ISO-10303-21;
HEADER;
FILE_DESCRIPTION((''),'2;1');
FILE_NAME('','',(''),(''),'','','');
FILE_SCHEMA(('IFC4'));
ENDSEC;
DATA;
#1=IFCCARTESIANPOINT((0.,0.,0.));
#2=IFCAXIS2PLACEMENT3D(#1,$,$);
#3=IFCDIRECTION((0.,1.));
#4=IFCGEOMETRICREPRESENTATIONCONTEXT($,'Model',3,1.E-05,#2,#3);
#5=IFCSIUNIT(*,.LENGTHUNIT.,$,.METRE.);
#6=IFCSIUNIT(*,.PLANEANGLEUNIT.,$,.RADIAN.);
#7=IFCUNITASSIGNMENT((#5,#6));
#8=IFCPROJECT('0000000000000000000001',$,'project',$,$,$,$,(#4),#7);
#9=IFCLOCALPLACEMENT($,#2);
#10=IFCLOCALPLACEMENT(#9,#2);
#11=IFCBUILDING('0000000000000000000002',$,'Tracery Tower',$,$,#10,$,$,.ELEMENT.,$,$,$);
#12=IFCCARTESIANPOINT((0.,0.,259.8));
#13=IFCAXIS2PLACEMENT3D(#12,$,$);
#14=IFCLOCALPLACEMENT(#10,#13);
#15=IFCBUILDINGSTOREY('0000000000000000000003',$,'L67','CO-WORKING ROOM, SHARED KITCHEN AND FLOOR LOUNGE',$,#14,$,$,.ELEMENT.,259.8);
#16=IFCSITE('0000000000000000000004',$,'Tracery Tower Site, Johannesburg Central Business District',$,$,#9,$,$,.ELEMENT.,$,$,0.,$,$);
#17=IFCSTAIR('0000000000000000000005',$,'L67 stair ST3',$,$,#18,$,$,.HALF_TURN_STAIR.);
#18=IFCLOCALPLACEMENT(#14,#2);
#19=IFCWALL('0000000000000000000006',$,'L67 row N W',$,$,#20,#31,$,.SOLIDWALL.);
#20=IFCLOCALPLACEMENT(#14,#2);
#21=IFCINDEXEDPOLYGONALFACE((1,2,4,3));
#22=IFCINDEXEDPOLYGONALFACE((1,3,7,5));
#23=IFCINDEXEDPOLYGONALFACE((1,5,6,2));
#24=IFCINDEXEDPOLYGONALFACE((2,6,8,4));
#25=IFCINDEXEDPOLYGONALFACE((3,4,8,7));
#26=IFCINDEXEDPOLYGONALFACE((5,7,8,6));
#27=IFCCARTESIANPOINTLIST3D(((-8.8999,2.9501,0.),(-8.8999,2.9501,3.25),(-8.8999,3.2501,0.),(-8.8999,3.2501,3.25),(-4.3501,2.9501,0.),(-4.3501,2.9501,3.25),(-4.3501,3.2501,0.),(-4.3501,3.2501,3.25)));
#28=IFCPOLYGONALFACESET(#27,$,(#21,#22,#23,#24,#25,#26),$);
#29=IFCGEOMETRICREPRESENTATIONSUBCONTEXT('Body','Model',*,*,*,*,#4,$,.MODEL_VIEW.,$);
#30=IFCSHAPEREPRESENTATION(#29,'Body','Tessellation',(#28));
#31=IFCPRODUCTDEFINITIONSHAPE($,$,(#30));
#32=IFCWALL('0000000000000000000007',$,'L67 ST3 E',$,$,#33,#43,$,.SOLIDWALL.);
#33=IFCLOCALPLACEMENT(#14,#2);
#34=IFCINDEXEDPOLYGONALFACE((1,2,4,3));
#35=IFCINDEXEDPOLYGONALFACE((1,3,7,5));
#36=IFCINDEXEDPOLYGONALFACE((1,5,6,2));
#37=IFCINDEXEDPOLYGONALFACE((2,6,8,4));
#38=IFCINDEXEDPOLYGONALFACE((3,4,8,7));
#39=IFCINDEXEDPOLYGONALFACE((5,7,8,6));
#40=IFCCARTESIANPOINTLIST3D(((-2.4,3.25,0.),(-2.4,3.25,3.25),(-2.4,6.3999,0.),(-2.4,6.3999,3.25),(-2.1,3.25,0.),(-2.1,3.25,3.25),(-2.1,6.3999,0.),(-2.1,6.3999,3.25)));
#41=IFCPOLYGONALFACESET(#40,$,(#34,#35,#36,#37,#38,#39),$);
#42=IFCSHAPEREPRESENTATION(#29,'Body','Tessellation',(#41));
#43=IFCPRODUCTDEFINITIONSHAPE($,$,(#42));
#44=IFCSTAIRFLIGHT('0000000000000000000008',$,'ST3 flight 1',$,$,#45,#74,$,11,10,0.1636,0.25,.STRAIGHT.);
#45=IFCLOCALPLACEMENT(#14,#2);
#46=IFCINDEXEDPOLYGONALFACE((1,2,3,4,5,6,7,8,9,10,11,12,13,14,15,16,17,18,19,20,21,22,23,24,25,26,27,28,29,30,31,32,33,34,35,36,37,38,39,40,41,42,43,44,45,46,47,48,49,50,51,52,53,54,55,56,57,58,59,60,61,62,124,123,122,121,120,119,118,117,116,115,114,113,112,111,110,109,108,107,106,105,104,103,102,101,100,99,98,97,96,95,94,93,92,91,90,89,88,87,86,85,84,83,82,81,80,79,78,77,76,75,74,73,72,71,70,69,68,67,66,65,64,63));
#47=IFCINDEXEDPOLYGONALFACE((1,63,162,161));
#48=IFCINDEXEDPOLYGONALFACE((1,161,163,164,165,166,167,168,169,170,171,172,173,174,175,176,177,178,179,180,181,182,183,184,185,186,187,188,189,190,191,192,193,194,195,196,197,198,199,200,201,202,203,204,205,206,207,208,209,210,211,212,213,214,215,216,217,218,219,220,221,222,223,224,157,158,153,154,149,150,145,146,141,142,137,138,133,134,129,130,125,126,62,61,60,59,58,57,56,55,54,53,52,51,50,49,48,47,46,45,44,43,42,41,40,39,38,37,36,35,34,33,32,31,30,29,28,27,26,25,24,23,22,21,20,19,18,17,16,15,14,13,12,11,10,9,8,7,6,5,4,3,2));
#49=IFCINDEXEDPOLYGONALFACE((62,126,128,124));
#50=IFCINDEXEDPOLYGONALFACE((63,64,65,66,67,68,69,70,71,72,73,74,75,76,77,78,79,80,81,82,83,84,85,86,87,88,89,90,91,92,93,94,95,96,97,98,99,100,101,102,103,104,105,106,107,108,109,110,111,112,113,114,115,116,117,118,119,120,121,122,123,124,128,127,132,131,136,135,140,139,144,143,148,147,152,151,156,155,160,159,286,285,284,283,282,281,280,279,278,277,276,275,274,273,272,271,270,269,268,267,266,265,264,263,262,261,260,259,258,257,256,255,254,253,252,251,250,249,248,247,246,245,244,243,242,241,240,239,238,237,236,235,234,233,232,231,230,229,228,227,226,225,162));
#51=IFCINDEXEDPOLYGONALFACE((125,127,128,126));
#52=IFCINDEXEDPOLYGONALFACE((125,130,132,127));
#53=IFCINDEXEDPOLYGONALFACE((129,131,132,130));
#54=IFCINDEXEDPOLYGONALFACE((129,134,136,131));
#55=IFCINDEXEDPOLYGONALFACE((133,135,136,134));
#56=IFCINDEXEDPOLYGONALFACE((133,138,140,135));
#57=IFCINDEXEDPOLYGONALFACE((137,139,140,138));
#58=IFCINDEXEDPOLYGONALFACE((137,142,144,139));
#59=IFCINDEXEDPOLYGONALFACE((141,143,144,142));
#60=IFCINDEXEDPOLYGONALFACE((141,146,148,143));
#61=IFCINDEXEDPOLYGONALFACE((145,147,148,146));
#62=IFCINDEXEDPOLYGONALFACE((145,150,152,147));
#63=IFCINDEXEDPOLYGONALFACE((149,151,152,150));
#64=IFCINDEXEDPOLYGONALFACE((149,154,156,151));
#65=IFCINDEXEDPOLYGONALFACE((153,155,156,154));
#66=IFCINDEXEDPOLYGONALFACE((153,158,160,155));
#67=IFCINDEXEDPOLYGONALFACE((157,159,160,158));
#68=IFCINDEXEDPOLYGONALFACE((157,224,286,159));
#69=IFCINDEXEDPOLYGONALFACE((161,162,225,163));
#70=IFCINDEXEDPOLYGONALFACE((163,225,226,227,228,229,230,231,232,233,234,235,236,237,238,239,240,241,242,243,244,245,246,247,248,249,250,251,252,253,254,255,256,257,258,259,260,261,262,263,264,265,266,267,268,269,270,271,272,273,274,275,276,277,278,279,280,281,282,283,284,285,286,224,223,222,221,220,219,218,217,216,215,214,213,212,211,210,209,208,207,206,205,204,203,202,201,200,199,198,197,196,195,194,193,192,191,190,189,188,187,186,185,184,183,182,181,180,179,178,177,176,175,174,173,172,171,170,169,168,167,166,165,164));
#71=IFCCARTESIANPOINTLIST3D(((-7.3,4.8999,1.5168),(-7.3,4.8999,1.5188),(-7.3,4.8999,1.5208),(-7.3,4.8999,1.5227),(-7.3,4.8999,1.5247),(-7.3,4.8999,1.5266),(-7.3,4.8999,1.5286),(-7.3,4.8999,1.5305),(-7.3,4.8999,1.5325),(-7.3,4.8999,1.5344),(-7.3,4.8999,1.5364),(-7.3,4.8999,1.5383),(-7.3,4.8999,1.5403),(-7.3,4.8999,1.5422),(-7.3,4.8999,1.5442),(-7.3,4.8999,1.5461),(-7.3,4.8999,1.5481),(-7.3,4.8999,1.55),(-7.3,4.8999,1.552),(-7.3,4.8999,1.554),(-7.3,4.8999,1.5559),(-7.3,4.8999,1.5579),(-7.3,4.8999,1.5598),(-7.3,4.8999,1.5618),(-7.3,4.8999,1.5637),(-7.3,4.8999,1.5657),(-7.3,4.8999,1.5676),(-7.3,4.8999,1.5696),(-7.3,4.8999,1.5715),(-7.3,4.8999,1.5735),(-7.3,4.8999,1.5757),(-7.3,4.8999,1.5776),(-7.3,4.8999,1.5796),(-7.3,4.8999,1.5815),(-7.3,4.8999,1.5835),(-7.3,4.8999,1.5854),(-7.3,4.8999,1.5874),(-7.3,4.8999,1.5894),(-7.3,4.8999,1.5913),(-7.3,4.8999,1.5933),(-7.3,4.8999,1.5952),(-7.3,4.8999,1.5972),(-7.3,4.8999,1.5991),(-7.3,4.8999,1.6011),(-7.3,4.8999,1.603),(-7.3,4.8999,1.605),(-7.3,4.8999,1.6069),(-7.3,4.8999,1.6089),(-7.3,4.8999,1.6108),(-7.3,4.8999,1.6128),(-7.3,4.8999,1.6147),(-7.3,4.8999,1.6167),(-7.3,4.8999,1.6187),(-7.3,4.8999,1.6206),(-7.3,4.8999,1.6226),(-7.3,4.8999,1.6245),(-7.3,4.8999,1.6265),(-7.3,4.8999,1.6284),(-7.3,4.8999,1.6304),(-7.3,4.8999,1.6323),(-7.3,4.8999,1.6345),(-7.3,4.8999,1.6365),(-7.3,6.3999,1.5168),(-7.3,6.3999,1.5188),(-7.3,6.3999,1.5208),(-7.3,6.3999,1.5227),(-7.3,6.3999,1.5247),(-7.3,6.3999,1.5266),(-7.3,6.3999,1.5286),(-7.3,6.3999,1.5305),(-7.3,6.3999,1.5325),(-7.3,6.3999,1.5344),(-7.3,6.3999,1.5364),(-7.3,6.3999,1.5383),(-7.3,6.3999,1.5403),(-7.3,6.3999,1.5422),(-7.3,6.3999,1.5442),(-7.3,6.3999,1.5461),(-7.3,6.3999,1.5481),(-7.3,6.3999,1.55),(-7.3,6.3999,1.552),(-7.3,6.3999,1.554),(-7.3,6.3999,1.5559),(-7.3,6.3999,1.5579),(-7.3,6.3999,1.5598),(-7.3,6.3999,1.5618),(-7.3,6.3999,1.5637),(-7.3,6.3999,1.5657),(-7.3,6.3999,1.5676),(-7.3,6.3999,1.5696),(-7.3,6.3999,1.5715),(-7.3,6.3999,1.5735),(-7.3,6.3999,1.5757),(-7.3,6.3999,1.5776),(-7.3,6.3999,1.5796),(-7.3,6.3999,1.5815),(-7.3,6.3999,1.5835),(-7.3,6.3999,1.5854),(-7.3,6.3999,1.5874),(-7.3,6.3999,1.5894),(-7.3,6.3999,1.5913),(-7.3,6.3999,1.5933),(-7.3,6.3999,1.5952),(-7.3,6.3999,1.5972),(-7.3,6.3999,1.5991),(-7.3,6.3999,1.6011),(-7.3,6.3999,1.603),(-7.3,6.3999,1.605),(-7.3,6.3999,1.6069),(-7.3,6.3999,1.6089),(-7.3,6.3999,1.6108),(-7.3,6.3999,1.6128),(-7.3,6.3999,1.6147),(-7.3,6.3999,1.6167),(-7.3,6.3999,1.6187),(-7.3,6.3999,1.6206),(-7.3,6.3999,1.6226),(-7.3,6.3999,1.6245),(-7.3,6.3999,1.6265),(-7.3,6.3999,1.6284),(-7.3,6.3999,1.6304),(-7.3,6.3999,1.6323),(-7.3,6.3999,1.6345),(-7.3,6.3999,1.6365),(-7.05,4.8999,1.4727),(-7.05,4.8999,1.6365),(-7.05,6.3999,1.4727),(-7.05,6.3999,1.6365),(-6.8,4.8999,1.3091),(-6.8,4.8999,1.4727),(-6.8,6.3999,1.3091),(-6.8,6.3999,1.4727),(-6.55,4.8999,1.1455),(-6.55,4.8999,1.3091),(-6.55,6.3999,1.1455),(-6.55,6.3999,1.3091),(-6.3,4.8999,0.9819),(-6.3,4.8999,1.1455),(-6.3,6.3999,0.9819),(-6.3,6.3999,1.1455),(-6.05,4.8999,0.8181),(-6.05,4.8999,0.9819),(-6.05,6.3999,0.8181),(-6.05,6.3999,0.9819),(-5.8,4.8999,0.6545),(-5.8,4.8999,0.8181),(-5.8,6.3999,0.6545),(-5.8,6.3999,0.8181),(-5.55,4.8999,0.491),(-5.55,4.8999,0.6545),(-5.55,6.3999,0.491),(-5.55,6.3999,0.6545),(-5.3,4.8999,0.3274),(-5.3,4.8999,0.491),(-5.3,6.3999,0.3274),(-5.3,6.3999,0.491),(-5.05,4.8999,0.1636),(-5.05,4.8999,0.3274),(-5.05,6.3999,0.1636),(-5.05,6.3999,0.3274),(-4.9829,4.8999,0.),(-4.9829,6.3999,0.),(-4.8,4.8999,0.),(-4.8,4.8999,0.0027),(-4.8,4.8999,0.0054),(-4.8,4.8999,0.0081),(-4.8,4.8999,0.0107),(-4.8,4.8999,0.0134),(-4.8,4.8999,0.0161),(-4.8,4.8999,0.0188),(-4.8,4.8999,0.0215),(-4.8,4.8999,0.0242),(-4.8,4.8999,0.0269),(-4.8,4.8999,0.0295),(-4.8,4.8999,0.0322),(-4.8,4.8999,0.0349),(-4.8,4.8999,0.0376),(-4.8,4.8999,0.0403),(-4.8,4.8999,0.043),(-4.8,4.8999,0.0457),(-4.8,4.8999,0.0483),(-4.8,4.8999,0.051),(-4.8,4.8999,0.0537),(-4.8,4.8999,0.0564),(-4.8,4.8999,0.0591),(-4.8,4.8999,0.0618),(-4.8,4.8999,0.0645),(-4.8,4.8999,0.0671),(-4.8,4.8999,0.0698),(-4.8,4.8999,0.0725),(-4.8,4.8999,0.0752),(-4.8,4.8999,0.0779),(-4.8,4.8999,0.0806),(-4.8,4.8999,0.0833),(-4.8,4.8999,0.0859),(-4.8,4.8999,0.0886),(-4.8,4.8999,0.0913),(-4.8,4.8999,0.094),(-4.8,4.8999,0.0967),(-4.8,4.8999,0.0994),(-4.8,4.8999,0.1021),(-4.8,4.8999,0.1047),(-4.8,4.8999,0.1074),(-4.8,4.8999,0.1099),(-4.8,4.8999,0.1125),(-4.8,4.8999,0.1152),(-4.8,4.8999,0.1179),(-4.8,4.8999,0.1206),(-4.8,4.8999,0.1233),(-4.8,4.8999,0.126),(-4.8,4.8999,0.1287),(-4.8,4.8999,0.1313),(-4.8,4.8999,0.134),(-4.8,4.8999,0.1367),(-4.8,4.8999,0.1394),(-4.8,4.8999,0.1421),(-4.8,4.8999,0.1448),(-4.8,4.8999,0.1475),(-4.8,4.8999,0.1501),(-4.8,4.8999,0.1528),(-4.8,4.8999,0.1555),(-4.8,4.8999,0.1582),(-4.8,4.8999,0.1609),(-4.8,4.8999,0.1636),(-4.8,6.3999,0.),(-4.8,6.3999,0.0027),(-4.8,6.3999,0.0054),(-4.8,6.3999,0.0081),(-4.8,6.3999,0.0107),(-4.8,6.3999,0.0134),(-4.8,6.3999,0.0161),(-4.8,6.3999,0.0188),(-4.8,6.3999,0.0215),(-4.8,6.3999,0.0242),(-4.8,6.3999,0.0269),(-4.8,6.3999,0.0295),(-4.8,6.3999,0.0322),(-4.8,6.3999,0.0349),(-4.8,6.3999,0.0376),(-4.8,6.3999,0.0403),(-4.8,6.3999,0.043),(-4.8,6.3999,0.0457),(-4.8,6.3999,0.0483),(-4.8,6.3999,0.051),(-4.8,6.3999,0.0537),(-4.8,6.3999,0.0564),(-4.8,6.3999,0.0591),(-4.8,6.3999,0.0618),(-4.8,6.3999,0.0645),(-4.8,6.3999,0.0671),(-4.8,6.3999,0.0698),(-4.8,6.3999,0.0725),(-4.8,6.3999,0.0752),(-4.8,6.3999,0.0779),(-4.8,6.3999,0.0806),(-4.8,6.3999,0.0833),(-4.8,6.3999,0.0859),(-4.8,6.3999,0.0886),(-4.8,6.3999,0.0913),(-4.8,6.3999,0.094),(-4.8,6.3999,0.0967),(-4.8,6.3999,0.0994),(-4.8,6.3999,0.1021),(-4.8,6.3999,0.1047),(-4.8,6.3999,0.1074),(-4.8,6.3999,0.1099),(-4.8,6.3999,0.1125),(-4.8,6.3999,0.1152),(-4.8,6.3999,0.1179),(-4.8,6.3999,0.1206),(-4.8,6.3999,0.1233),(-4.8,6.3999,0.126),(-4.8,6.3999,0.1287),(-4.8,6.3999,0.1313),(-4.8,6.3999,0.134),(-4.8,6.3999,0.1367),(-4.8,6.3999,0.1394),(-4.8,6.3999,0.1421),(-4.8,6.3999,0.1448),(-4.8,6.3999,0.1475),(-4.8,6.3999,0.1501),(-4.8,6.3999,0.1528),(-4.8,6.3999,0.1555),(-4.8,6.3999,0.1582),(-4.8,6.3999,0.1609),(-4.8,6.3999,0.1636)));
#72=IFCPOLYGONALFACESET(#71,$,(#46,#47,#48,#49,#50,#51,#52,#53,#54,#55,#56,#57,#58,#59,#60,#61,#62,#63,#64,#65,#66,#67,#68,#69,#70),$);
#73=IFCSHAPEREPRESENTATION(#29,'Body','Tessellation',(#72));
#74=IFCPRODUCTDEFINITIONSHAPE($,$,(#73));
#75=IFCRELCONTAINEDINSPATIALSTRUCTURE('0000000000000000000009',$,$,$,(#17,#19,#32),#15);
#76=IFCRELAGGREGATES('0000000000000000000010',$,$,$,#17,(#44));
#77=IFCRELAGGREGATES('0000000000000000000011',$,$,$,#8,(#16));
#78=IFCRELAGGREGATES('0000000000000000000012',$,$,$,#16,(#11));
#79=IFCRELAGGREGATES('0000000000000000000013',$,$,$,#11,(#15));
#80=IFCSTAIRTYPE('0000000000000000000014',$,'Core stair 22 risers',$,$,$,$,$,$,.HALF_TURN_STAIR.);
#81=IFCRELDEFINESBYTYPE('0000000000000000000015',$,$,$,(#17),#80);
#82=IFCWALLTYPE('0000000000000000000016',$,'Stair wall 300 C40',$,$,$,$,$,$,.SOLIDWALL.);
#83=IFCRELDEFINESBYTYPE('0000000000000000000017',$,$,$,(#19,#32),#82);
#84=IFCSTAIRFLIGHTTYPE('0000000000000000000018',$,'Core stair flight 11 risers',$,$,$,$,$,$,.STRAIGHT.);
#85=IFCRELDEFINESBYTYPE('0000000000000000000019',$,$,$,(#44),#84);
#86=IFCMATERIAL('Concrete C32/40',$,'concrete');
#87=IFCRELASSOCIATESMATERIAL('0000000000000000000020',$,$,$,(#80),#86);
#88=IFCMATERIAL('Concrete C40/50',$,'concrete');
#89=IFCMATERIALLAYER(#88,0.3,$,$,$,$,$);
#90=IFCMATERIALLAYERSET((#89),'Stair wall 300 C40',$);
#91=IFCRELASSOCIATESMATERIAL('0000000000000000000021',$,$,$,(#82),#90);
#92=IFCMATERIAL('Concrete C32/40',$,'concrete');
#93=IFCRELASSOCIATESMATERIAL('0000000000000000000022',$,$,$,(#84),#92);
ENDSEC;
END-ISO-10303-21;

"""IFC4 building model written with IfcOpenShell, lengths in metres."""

from ifc_helpers import new_model, si_unit, direction, frame, frame_2d, origin, place, context, subcontext, project, spatial, polyline, rectangle, outline, extrude, material, layer, layer_set, type_object, element, aggregate, save


model = new_model("IFC4")

# Units and contexts
model_context = context("Model", 3, precision=1e-05, world=origin(), true_north=direction((0.0, 1.0)))
body_context = subcontext(model_context, "Body", "Model", "MODEL_VIEW")
ifc_project = project(units=[si_unit("LENGTHUNIT", "METRE"), si_unit("PLANEANGLEUNIT", "RADIAN")], contexts=[model_context])

# Site, building, storey
site_placement = place(None, origin())
site = spatial("IfcSite", under=ifc_project, at=site_placement, Name="Tracery Tower Site, Johannesburg Central Business District", CompositionType="ELEMENT", RefElevation=0.0)
building_placement = place(site_placement, origin())
building = spatial("IfcBuilding", under=site, at=building_placement, Name="Tracery Tower", CompositionType="ELEMENT")
storey_placement = place(building_placement, frame((0.0, 0.0, 259.8)))
storey = spatial("IfcBuildingStorey", under=building, at=storey_placement, Name="L67", Description="CO-WORKING ROOM, SHARED KITCHEN AND FLOOR LOUNGE", CompositionType="ELEMENT", Elevation=259.8)

# Stair
ifc_material_1 = material(Name="Concrete C32/40", Category="concrete")
stair_type = type_object("IfcStairType", Name="Core stair 22 risers", PredefinedType="HALF_TURN_STAIR", material=ifc_material_1)
stair_1_placement = place(storey_placement, origin())
stair_1 = element("IfcStair", 1, at=stair_1_placement, inside=storey, type_object=stair_type, Name="L67 stair ST3", PredefinedType="HALF_TURN_STAIR")

# Wall
ifc_material_2 = material(Name="Concrete C40/50", Category="concrete")
ifc_layer_1 = layer(ifc_material_2, 0.3)
ifc_layer_set_1 = layer_set([ifc_layer_1], Name="Stair wall 300 C40")
wall_type_1 = type_object("IfcWallType", Name="Stair wall 300 C40", PredefinedType="SOLIDWALL", material=ifc_layer_set_1)
wall_1_placement = place(storey_placement, frame((-8.8999, 3.1001, 0.0), z_axis=(0.0, 0.0, 1.0), x_axis=(1.0, 0.0, 0.0)))
element("IfcWall", 2, at=wall_1_placement, inside=storey, type_object=wall_type_1, Name="L67 row N W", PredefinedType="SOLIDWALL", context=body_context, shape_type="SweptSolid", body=[
    extrude(rectangle(XDim=4.5498, YDim=0.3, at=frame_2d((2.2749, 0.0))), origin(), (0.0, 0.0, 1.0), 3.25),
])

# Wall
wall_2_placement = place(storey_placement, frame((-2.25, 3.25, 0.0), z_axis=(0.0, 0.0, 1.0), x_axis=(0.0, 1.0, 0.0)))
element("IfcWall", 3, at=wall_2_placement, inside=storey, type_object=wall_type_1, Name="L67 ST3 E", PredefinedType="SOLIDWALL", context=body_context, shape_type="SweptSolid", body=[
    extrude(rectangle(XDim=3.1499, YDim=0.3, at=frame_2d((1.575, 0.0))), origin(), (0.0, 0.0, 1.0), 3.25),
])

# Stair flight
ifc_material_3 = material(Name="Concrete C32/40", Category="concrete")
stair_flight_type = type_object("IfcStairFlightType", Name="Core stair flight 11 risers", PredefinedType="STRAIGHT", material=ifc_material_3)
stair_flight_1_placement = place(storey_placement, frame((-4.8, 5.6499, 0.0), z_axis=(0.0, 0.0, 1.0), x_axis=(-1.0, 0.0, 0.0)))
stair_flight_1 = element("IfcStairFlight", 4, at=stair_flight_1_placement, type_object=stair_flight_type, Name="ST3 flight 1", NumberOfRisers=11, NumberOfTreads=10, PredefinedType="STRAIGHT", RiserHeight=0.1636, TreadLength=0.25, context=body_context, shape_type="SweptSolid", body=[
    extrude(outline(polyline([(0.0, 0.0), (0.0, 0.0027), (0.0, 0.0054), (0.0, 0.0081), (0.0, 0.0107), (0.0, 0.0134), (0.0, 0.0161), (0.0, 0.0188), (0.0, 0.0215), (0.0, 0.0242), (0.0, 0.0269), (0.0, 0.0295), (0.0, 0.0322), (0.0, 0.0349), (0.0, 0.0376), (0.0, 0.0403), (0.0, 0.043), (0.0, 0.0457), (0.0, 0.0483), (0.0, 0.051), (0.0, 0.0537), (0.0, 0.0564), (0.0, 0.0591), (0.0, 0.0618), (0.0, 0.0645), (0.0, 0.0671), (0.0, 0.0698), (0.0, 0.0725), (0.0, 0.0752), (0.0, 0.0779), (0.0, 0.0806), (0.0, 0.0833), (0.0, 0.0859), (0.0, 0.0886), (0.0, 0.0913), (0.0, 0.094), (0.0, 0.0967), (0.0, 0.0994), (0.0, 0.1021), (0.0, 0.1047), (0.0, 0.1074), (0.0, 0.1099), (0.0, 0.1125), (0.0, 0.1152), (0.0, 0.1179), (0.0, 0.1206), (0.0, 0.1233), (0.0, 0.126), (0.0, 0.1287), (0.0, 0.1313), (0.0, 0.134), (0.0, 0.1367), (0.0, 0.1394), (0.0, 0.1421), (0.0, 0.1448), (0.0, 0.1475), (0.0, 0.1501), (0.0, 0.1528), (0.0, 0.1555), (0.0, 0.1582), (0.0, 0.1609), (0.0, 0.1636), (0.25, 0.1636), (0.25, 0.3274), (0.5, 0.3274), (0.5, 0.491), (0.75, 0.491), (0.75, 0.6545), (1.0, 0.6545), (1.0, 0.8181), (1.25, 0.8181), (1.25, 0.9819), (1.5, 0.9819), (1.5, 1.1455), (1.75, 1.1455), (1.75, 1.3091), (2.0, 1.3091), (2.0, 1.4727), (2.25, 1.4727), (2.25, 1.6365), (2.5, 1.6365), (2.5, 1.6345), (2.5, 1.6323), (2.5, 1.6304), (2.5, 1.6284), (2.5, 1.6265), (2.5, 1.6245), (2.5, 1.6226), (2.5, 1.6206), (2.5, 1.6187), (2.5, 1.6167), (2.5, 1.6147), (2.5, 1.6128), (2.5, 1.6108), (2.5, 1.6089), (2.5, 1.6069), (2.5, 1.605), (2.5, 1.603), (2.5, 1.6011), (2.5, 1.5991), (2.5, 1.5972), (2.5, 1.5952), (2.5, 1.5933), (2.5, 1.5913), (2.5, 1.5894), (2.5, 1.5874), (2.5, 1.5854), (2.5, 1.5835), (2.5, 1.5815), (2.5, 1.5796), (2.5, 1.5776), (2.5, 1.5757), (2.5, 1.5735), (2.5, 1.5715), (2.5, 1.5696), (2.5, 1.5676), (2.5, 1.5657), (2.5, 1.5637), (2.5, 1.5618), (2.5, 1.5598), (2.5, 1.5579), (2.5, 1.5559), (2.5, 1.554), (2.5, 1.552), (2.5, 1.55), (2.5, 1.5481), (2.5, 1.5461), (2.5, 1.5442), (2.5, 1.5422), (2.5, 1.5403), (2.5, 1.5383), (2.5, 1.5364), (2.5, 1.5344), (2.5, 1.5325), (2.5, 1.5305), (2.5, 1.5286), (2.5, 1.5266), (2.5, 1.5247), (2.5, 1.5227), (2.5, 1.5208), (2.5, 1.5188), (2.5, 1.5168), (0.1829, 0.0), (0.0, 0.0)])), frame((0.0, 0.75, 0.0), z_axis=(0.0, -1.0, 0.0), x_axis=(1.0, 0.0, 0.0)), (0.0, 0.0, 1.0), 1.5),
])
aggregate(stair_1, [stair_flight_1])

save(model, "model.ifc")
